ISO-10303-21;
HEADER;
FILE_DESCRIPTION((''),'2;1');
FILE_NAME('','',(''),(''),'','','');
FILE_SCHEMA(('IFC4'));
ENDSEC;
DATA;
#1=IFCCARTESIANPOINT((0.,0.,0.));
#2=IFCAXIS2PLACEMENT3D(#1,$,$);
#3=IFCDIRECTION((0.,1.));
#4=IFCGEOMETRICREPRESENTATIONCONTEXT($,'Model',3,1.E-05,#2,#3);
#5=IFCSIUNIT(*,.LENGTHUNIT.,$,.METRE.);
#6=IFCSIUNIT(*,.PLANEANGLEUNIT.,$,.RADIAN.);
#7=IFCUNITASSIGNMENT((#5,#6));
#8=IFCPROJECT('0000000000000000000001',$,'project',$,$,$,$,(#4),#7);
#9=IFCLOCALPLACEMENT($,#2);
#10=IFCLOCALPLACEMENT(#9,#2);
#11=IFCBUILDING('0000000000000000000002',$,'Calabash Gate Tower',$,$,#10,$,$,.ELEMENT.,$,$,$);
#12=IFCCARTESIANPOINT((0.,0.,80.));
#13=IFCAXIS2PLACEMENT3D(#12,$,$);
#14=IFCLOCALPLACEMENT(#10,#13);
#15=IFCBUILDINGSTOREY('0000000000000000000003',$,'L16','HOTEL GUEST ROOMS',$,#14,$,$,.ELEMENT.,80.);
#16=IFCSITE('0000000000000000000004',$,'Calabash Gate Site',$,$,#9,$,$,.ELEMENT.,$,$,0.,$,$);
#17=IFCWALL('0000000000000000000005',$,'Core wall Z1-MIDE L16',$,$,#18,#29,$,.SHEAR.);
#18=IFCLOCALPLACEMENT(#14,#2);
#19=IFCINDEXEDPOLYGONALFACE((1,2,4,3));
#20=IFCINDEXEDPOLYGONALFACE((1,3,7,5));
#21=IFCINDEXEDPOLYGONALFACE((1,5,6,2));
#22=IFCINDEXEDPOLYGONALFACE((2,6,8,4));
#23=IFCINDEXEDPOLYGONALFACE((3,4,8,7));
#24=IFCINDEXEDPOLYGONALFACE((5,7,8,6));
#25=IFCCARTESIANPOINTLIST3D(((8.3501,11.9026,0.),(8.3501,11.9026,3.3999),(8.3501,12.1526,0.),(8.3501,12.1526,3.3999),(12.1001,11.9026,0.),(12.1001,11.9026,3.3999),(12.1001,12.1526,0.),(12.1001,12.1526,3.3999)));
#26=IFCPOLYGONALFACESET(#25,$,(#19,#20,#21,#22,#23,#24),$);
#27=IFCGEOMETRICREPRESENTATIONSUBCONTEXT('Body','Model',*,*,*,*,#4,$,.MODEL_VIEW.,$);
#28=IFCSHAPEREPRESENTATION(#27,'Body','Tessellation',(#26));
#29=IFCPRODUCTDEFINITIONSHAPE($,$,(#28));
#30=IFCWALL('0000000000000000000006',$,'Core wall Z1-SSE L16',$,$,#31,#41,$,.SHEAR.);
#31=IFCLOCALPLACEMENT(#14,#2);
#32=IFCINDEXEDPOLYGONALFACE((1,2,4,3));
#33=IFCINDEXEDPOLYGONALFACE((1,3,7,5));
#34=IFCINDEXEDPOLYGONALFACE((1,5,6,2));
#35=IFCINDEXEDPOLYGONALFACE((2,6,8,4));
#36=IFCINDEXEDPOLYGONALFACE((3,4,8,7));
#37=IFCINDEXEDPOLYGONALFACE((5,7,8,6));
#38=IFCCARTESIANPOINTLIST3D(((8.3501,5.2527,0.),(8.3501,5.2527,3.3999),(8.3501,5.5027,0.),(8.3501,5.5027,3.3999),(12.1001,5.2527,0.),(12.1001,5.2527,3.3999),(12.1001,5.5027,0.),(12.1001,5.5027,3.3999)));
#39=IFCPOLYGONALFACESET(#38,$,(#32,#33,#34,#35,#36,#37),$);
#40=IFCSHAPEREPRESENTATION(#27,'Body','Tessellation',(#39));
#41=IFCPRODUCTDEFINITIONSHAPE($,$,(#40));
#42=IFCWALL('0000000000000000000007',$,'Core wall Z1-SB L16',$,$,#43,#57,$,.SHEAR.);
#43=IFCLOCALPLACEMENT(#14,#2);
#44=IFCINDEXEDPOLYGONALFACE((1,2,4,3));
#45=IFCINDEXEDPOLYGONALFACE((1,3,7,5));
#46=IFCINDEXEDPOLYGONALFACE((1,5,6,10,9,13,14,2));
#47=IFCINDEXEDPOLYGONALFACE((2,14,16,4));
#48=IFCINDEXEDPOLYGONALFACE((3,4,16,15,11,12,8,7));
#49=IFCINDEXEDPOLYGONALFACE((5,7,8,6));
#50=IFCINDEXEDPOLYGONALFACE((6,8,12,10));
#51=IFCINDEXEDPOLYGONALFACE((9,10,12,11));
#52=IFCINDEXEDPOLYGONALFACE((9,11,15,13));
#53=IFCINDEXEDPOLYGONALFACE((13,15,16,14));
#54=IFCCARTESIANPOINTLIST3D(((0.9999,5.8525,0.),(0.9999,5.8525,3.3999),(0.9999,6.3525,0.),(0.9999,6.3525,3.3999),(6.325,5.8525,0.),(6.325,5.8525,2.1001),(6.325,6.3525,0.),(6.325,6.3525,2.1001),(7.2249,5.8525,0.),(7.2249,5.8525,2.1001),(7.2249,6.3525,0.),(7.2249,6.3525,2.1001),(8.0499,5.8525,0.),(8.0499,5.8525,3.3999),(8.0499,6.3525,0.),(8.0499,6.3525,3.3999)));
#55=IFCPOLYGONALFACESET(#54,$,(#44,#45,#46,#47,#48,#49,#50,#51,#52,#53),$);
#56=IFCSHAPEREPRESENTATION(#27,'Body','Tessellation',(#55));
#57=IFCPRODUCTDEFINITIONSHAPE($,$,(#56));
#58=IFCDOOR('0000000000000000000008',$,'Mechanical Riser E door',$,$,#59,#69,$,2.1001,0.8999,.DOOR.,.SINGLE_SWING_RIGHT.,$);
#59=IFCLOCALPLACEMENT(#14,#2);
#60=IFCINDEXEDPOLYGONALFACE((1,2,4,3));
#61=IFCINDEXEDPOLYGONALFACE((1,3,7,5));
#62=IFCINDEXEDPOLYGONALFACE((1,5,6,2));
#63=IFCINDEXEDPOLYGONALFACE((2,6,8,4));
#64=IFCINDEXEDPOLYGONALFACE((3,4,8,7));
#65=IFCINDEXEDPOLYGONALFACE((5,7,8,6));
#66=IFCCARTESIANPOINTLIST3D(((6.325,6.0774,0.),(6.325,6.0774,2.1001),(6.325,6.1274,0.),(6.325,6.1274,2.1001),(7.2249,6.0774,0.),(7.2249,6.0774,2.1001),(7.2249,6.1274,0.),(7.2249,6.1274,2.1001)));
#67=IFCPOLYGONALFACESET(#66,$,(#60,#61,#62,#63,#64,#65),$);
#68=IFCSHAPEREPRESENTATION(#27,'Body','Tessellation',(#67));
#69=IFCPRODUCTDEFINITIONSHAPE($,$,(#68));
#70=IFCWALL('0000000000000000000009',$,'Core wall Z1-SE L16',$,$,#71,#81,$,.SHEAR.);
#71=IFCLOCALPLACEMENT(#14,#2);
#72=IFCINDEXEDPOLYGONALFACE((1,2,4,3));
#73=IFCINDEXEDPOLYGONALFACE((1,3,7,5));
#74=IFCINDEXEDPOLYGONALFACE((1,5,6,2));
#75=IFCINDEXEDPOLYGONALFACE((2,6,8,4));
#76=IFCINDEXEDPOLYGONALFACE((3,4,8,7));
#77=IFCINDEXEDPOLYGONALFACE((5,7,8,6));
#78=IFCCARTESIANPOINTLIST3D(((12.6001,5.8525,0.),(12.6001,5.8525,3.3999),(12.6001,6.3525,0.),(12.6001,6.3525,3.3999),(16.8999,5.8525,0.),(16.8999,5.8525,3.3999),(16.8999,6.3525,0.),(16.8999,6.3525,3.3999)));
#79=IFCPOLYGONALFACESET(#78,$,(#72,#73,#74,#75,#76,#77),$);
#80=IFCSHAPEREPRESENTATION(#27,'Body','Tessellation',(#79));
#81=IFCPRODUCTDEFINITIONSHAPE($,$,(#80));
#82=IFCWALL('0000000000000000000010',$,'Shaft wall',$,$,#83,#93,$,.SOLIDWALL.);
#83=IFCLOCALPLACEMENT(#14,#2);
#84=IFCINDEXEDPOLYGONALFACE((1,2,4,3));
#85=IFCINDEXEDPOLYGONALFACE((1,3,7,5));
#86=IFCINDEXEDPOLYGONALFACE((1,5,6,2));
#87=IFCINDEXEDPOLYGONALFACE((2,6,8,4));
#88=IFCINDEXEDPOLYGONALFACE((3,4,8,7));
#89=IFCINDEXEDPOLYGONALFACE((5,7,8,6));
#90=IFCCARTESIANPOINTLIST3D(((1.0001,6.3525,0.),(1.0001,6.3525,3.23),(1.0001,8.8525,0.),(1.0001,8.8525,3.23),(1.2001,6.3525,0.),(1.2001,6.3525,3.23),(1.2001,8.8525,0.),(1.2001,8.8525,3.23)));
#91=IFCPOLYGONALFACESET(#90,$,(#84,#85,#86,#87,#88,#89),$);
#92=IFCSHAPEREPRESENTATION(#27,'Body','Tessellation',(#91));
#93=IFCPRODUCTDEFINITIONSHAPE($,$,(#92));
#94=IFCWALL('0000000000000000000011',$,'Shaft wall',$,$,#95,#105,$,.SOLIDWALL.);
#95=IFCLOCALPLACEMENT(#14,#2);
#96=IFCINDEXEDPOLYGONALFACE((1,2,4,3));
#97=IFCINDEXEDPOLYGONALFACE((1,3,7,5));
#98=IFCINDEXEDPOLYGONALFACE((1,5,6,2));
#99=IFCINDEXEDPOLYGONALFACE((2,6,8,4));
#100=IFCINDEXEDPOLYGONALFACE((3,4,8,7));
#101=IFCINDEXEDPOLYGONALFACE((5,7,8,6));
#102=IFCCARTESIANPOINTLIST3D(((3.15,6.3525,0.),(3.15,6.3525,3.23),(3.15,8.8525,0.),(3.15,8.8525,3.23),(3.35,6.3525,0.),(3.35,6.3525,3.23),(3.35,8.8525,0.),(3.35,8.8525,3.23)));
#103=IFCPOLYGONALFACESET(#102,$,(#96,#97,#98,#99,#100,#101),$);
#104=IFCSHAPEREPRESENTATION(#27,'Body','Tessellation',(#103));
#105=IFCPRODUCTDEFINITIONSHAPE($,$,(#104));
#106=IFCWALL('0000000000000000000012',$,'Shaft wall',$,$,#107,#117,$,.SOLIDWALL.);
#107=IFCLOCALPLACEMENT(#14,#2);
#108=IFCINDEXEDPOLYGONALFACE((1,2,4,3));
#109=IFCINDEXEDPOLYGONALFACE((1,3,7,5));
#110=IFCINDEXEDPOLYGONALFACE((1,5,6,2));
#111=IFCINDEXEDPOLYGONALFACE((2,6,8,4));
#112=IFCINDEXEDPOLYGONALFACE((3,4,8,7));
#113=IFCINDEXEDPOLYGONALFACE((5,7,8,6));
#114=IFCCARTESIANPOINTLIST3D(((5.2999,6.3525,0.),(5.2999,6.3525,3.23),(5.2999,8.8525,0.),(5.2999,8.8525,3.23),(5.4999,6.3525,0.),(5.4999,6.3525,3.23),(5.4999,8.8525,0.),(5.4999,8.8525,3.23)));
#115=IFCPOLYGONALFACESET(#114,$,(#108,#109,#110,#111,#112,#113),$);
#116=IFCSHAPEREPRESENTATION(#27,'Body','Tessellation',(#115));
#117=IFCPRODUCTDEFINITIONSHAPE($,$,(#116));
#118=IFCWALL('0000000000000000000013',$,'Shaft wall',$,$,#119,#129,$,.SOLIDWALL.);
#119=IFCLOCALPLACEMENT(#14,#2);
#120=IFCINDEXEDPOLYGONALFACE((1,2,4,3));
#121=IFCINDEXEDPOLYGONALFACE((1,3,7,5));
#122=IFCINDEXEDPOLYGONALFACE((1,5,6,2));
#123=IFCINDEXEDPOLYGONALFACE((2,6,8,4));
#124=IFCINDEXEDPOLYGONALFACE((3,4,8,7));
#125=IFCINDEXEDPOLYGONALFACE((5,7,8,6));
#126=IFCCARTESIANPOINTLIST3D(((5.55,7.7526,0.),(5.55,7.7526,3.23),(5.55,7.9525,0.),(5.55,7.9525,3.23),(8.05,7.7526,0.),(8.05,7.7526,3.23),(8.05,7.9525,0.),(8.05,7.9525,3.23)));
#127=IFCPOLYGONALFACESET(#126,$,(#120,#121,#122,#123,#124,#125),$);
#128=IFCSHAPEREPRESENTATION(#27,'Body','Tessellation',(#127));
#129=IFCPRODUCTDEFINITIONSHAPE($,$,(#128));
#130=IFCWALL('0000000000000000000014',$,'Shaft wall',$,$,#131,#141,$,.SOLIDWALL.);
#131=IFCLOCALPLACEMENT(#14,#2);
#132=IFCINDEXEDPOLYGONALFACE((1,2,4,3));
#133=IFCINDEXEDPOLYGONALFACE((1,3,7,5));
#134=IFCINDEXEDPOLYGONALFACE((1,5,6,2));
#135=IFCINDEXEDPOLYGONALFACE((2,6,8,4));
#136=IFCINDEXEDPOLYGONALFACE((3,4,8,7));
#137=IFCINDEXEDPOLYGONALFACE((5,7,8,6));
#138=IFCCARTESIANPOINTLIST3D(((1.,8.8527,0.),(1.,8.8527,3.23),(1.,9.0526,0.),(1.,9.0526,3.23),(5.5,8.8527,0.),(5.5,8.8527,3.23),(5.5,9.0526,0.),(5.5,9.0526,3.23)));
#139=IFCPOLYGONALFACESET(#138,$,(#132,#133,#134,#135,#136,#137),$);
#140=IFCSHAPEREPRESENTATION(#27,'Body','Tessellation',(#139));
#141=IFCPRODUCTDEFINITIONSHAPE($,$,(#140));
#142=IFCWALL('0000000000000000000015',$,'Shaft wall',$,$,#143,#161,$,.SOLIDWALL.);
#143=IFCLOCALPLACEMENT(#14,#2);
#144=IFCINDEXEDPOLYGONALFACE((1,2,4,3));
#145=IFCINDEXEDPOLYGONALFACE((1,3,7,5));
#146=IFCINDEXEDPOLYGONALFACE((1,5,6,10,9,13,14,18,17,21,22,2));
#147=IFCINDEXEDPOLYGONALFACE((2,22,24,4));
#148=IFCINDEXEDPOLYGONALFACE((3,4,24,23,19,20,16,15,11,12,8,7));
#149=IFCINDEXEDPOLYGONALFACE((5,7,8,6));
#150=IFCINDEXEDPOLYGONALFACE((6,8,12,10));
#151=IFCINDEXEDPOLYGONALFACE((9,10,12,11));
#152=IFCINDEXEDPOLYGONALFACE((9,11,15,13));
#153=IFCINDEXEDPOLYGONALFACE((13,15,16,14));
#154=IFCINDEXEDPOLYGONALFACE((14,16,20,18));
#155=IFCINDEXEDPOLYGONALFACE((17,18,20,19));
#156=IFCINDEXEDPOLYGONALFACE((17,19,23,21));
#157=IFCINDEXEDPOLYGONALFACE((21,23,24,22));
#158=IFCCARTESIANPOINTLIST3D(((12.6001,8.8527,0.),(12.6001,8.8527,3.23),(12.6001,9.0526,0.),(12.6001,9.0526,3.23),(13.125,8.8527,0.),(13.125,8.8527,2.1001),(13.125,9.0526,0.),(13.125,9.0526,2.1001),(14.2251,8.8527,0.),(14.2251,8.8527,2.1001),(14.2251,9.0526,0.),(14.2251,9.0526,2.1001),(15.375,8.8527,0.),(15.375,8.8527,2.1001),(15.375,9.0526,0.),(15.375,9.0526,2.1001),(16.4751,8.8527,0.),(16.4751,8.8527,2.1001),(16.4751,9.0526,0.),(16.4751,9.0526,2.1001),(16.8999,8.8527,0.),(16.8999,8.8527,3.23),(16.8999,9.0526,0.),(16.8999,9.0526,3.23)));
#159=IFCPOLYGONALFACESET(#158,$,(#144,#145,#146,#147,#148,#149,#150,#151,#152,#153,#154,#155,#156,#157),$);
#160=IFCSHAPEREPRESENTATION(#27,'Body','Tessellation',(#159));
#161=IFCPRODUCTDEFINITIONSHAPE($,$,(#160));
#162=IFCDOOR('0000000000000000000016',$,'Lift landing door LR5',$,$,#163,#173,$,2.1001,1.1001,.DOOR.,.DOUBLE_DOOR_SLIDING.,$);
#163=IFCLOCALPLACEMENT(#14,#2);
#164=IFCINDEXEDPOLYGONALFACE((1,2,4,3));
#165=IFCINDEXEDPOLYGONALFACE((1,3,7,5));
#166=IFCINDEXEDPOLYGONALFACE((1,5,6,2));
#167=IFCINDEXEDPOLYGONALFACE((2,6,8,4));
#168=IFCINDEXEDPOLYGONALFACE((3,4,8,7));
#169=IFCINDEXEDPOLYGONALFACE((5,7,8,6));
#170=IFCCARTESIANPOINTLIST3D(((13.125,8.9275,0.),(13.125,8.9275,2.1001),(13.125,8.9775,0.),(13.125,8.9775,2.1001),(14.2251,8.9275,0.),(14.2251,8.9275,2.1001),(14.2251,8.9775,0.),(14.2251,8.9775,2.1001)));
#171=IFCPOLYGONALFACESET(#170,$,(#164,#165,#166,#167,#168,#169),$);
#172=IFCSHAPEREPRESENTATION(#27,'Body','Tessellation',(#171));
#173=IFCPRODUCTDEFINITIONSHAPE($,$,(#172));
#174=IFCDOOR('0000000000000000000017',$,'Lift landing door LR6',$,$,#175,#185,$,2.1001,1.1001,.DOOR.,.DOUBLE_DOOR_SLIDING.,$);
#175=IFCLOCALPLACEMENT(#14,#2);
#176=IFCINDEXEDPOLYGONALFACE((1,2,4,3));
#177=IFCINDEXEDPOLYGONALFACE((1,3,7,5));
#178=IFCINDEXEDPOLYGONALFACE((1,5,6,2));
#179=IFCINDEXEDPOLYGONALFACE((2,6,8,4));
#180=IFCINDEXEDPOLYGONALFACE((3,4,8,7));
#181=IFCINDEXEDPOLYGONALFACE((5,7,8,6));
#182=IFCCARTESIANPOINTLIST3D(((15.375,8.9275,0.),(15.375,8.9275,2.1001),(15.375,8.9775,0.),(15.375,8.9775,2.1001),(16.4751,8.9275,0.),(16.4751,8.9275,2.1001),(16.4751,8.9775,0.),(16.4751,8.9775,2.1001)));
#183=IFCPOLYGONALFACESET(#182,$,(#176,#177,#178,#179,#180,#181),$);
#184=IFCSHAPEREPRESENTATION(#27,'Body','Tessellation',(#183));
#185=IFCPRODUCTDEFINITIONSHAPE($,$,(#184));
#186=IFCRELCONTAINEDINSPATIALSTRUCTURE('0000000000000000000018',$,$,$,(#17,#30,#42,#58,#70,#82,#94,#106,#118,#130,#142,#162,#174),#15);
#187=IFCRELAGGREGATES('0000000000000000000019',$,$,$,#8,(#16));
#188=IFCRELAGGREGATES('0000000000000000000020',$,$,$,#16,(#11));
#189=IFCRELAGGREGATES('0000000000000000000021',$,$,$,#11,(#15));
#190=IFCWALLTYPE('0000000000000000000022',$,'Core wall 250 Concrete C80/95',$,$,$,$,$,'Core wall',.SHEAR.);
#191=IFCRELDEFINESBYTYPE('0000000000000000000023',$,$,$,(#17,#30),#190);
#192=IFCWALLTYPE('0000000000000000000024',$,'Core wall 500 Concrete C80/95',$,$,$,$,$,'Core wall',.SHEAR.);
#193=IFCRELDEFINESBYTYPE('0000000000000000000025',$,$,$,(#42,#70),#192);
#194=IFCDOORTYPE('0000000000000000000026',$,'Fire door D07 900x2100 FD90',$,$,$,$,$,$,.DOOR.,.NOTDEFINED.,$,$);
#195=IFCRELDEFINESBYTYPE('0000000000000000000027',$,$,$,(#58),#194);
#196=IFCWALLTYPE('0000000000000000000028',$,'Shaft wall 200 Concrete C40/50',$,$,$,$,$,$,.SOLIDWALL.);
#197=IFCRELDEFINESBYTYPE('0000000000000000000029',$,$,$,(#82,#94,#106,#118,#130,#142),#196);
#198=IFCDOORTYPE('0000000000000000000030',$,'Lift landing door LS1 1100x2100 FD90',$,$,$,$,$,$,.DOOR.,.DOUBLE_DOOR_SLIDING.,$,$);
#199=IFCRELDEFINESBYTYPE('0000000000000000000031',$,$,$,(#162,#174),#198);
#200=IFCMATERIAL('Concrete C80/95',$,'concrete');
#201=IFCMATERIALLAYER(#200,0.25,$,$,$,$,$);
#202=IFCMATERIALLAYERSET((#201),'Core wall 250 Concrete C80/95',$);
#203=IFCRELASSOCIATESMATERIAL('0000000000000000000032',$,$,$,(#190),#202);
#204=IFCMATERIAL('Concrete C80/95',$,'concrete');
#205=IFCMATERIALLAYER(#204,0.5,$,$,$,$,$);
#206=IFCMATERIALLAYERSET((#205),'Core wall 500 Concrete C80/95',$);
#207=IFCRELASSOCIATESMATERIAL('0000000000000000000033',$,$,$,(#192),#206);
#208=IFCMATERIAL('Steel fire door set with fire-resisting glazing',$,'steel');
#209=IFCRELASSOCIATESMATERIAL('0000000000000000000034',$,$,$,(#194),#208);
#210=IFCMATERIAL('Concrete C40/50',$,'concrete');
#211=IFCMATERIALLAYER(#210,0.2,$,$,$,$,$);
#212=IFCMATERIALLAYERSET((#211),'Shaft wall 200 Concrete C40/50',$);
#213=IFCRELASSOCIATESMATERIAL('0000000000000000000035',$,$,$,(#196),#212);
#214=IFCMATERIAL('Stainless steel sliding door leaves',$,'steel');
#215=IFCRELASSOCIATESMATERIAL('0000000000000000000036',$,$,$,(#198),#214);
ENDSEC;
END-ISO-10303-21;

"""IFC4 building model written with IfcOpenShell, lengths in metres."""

from ifc_helpers import new_model, si_unit, direction, frame, frame_2d, origin, place, context, subcontext, project, spatial, rectangle, extrude, material, layer, layer_set, type_object, element, fill, save


model = new_model("IFC4")

# Units and contexts
model_context = context("Model", 3, precision=1e-05, world=origin(), true_north=direction((0.0, 1.0)))
body_context = subcontext(model_context, "Body", "Model", "MODEL_VIEW")
ifc_project = project(units=[si_unit("LENGTHUNIT", "METRE"), si_unit("PLANEANGLEUNIT", "RADIAN")], contexts=[model_context])

# Site, building, storey
site_placement = place(None, origin())
site = spatial("IfcSite", under=ifc_project, at=site_placement, Name="Calabash Gate Site", CompositionType="ELEMENT", RefElevation=0.0)
building_placement = place(site_placement, origin())
building = spatial("IfcBuilding", under=site, at=building_placement, Name="Calabash Gate Tower", CompositionType="ELEMENT")
storey_placement = place(building_placement, frame((0.0, 0.0, 80.0)))
storey = spatial("IfcBuildingStorey", under=building, at=storey_placement, Name="L16", Description="HOTEL GUEST ROOMS", CompositionType="ELEMENT", Elevation=80.0)

# Walls
ifc_material_1 = material(Name="Concrete C80/95", Category="concrete")
ifc_layer_1 = layer(ifc_material_1, 0.25)
ifc_layer_set_1 = layer_set([ifc_layer_1], Name="Core wall 250 Concrete C80/95")
wall_type_1 = type_object("IfcWallType", Name="Core wall 250 Concrete C80/95", ElementType="Core wall", PredefinedType="SHEAR", material=ifc_layer_set_1)
for number, where, z_axis, x_axis, name in (
    (1, (8.3501, 12.0276, 0.0), (0.0, 0.0, 1.0), (1.0, 0.0, 0.0), "Core wall Z1-MIDE L16"),
    (2, (8.3501, 5.3777, 0.0), (0.0, 0.0, 1.0), (1.0, 0.0, 0.0), "Core wall Z1-SSE L16"),
):
    element("IfcWall", number, at=place(storey_placement, frame(where, z_axis=z_axis, x_axis=x_axis)), inside=storey, type_object=wall_type_1, Name=name, PredefinedType="SHEAR", context=body_context, shape_type="SweptSolid", body=[
        extrude(rectangle(XDim=3.75, YDim=0.25, at=frame_2d((1.875, 0.0))), origin(), (0.0, 0.0, 1.0), 3.3999),
    ])

# Wall, opening, door
ifc_material_2 = material(Name="Concrete C80/95", Category="concrete")
ifc_layer_2 = layer(ifc_material_2, 0.5)
ifc_layer_set_2 = layer_set([ifc_layer_2], Name="Core wall 500 Concrete C80/95")
wall_type_2 = type_object("IfcWallType", Name="Core wall 500 Concrete C80/95", ElementType="Core wall", PredefinedType="SHEAR", material=ifc_layer_set_2)
wall_1_placement = place(storey_placement, frame((1.0, 6.1025, 0.0), z_axis=(0.0, 0.0, 1.0), x_axis=(1.0, 0.0, 0.0)))
wall_1 = element("IfcWall", 3, at=wall_1_placement, inside=storey, type_object=wall_type_2, Name="Core wall Z1-SB L16", PredefinedType="SHEAR", context=body_context, shape_type="SweptSolid", body=[
    extrude(rectangle(XDim=7.05, YDim=0.5, at=frame_2d((3.5249, 0.0))), origin(), (0.0, 0.0, 1.0), 3.3999),
])
opening_1_placement = place(wall_1_placement, frame((5.325, 0.0, 0.0)))
opening_1 = element("IfcOpeningElement", 4, at=opening_1_placement, cuts=wall_1, PredefinedType="OPENING", context=body_context, shape_type="SweptSolid", body=[
    extrude(rectangle(XDim=0.8999, YDim=2.1001, at=frame_2d((0.45, 1.05))), frame((0.0, 0.26, 0.0), z_axis=(0.0, -1.0, 0.0), x_axis=(1.0, 0.0, 0.0)), (0.0, 0.0, 1.0), 0.52),
])
ifc_material_3 = material(Name="Steel fire door set with fire-resisting glazing", Category="steel")
door_type_1 = type_object("IfcDoorType", Name="Fire door D07 900x2100 FD90", OperationType="NOTDEFINED", PredefinedType="DOOR", material=ifc_material_3)
door_1_placement = place(opening_1_placement, origin())
door_1 = element("IfcDoor", 5, at=door_1_placement, inside=storey, type_object=door_type_1, Name="Mechanical Riser E door", OperationType="SINGLE_SWING_RIGHT", OverallHeight=2.1001, OverallWidth=0.8999, PredefinedType="DOOR", context=body_context, shape_type="SweptSolid", body=[
    extrude(rectangle(XDim=0.8999, YDim=2.1001, at=frame_2d((0.45, 1.05))), frame((0.0, 0.0249, 0.0), z_axis=(0.0, -1.0, 0.0), x_axis=(1.0, 0.0, 0.0)), (0.0, 0.0, 1.0), 0.05),
])
fill(opening_1, door_1)

# Walls
wall_2_placement = place(storey_placement, frame((12.6001, 6.1025, 0.0), z_axis=(0.0, 0.0, 1.0), x_axis=(1.0, 0.0, 0.0)))
element("IfcWall", 6, at=wall_2_placement, inside=storey, type_object=wall_type_2, Name="Core wall Z1-SE L16", PredefinedType="SHEAR", context=body_context, shape_type="SweptSolid", body=[
    extrude(rectangle(XDim=4.2998, YDim=0.5, at=frame_2d((2.1499, 0.0))), origin(), (0.0, 0.0, 1.0), 3.3999),
])
ifc_material_4 = material(Name="Concrete C40/50", Category="concrete")
ifc_layer_3 = layer(ifc_material_4, 0.2)
ifc_layer_set_3 = layer_set([ifc_layer_3], Name="Shaft wall 200 Concrete C40/50")
wall_type_3 = type_object("IfcWallType", Name="Shaft wall 200 Concrete C40/50", PredefinedType="SOLIDWALL", material=ifc_layer_set_3)
for number, where, z_axis, x_axis, name in (
    (7, (1.1001, 6.3525, 0.0), (0.0, 0.0, 1.0), (0.0, 1.0, 0.0), "Shaft wall"),
    (8, (3.25, 6.3525, 0.0), (0.0, 0.0, 1.0), (0.0, 1.0, 0.0), "Shaft wall"),
    (9, (5.3999, 6.3525, 0.0), (0.0, 0.0, 1.0), (0.0, 1.0, 0.0), "Shaft wall"),
    (10, (5.55, 7.8525, 0.0), (0.0, 0.0, 1.0), (1.0, 0.0, 0.0), "Shaft wall"),
):
    element("IfcWall", number, at=place(storey_placement, frame(where, z_axis=z_axis, x_axis=x_axis)), inside=storey, type_object=wall_type_3, Name=name, PredefinedType="SOLIDWALL", context=body_context, shape_type="SweptSolid", body=[
        extrude(rectangle(XDim=2.5, YDim=0.2, at=frame_2d((1.25, 0.0))), origin(), (0.0, 0.0, 1.0), 3.23),
    ])
wall_3_placement = place(storey_placement, frame((1.0, 8.9526, 0.0), z_axis=(0.0, 0.0, 1.0), x_axis=(1.0, 0.0, 0.0)))
element("IfcWall", 11, at=wall_3_placement, inside=storey, type_object=wall_type_3, Name="Shaft wall", PredefinedType="SOLIDWALL", context=body_context, shape_type="SweptSolid", body=[
    extrude(rectangle(XDim=4.5, YDim=0.2, at=frame_2d((2.25, 0.0))), origin(), (0.0, 0.0, 1.0), 3.23),
])

# Wall, openings, doors
wall_4_placement = place(storey_placement, frame((12.6001, 8.9526, 0.0), z_axis=(0.0, 0.0, 1.0), x_axis=(1.0, 0.0, 0.0)))
wall_4 = element("IfcWall", 12, at=wall_4_placement, inside=storey, type_object=wall_type_3, Name="Shaft wall", PredefinedType="SOLIDWALL", context=body_context, shape_type="SweptSolid", body=[
    extrude(rectangle(XDim=4.2998, YDim=0.2, at=frame_2d((2.1499, 0.0))), origin(), (0.0, 0.0, 1.0), 3.23),
])
opening_2_placement = place(wall_4_placement, frame((0.5249, 0.0, 0.0)))
opening_2 = element("IfcOpeningElement", 13, at=opening_2_placement, cuts=wall_4, PredefinedType="OPENING", context=body_context, shape_type="SweptSolid", body=[
    extrude(rectangle(XDim=1.1001, YDim=2.1001, at=frame_2d((0.55, 1.05))), frame((0.0, 0.1099, 0.0), z_axis=(0.0, -1.0, 0.0), x_axis=(1.0, 0.0, 0.0)), (0.0, 0.0, 1.0), 0.22),
])
opening_3_placement = place(wall_4_placement, frame((2.7749, 0.0, 0.0)))
opening_3 = element("IfcOpeningElement", 14, at=opening_3_placement, cuts=wall_4, PredefinedType="OPENING", context=body_context, shape_type="SweptSolid", body=[
    extrude(rectangle(XDim=1.1001, YDim=2.1001, at=frame_2d((0.55, 1.05))), frame((0.0, 0.1099, 0.0), z_axis=(0.0, -1.0, 0.0), x_axis=(1.0, 0.0, 0.0)), (0.0, 0.0, 1.0), 0.22),
])
ifc_material_5 = material(Name="Stainless steel sliding door leaves", Category="steel")
door_type_2 = type_object("IfcDoorType", Name="Lift landing door LS1 1100x2100 FD90", OperationType="DOUBLE_DOOR_SLIDING", PredefinedType="DOOR", material=ifc_material_5)
door_2_placement = place(opening_2_placement, origin())
door_2 = element("IfcDoor", 15, at=door_2_placement, inside=storey, type_object=door_type_2, Name="Lift landing door LR5", OperationType="DOUBLE_DOOR_SLIDING", OverallHeight=2.1001, OverallWidth=1.1001, PredefinedType="DOOR", context=body_context, shape_type="SweptSolid", body=[
    extrude(rectangle(XDim=1.1001, YDim=2.1001, at=frame_2d((0.55, 1.05))), frame((0.0, 0.0249, 0.0), z_axis=(0.0, -1.0, 0.0), x_axis=(1.0, 0.0, 0.0)), (0.0, 0.0, 1.0), 0.05),
])
fill(opening_2, door_2)
door_3_placement = place(opening_3_placement, origin())
door_3 = element("IfcDoor", 16, at=door_3_placement, inside=storey, type_object=door_type_2, Name="Lift landing door LR6", OperationType="DOUBLE_DOOR_SLIDING", OverallHeight=2.1001, OverallWidth=1.1001, PredefinedType="DOOR", context=body_context, shape_type="SweptSolid", body=[
    extrude(rectangle(XDim=1.1001, YDim=2.1001, at=frame_2d((0.55, 1.05))), frame((0.0, 0.0249, 0.0), z_axis=(0.0, -1.0, 0.0), x_axis=(1.0, 0.0, 0.0)), (0.0, 0.0, 1.0), 0.05),
])
fill(opening_3, door_3)

save(model, "model.ifc")
